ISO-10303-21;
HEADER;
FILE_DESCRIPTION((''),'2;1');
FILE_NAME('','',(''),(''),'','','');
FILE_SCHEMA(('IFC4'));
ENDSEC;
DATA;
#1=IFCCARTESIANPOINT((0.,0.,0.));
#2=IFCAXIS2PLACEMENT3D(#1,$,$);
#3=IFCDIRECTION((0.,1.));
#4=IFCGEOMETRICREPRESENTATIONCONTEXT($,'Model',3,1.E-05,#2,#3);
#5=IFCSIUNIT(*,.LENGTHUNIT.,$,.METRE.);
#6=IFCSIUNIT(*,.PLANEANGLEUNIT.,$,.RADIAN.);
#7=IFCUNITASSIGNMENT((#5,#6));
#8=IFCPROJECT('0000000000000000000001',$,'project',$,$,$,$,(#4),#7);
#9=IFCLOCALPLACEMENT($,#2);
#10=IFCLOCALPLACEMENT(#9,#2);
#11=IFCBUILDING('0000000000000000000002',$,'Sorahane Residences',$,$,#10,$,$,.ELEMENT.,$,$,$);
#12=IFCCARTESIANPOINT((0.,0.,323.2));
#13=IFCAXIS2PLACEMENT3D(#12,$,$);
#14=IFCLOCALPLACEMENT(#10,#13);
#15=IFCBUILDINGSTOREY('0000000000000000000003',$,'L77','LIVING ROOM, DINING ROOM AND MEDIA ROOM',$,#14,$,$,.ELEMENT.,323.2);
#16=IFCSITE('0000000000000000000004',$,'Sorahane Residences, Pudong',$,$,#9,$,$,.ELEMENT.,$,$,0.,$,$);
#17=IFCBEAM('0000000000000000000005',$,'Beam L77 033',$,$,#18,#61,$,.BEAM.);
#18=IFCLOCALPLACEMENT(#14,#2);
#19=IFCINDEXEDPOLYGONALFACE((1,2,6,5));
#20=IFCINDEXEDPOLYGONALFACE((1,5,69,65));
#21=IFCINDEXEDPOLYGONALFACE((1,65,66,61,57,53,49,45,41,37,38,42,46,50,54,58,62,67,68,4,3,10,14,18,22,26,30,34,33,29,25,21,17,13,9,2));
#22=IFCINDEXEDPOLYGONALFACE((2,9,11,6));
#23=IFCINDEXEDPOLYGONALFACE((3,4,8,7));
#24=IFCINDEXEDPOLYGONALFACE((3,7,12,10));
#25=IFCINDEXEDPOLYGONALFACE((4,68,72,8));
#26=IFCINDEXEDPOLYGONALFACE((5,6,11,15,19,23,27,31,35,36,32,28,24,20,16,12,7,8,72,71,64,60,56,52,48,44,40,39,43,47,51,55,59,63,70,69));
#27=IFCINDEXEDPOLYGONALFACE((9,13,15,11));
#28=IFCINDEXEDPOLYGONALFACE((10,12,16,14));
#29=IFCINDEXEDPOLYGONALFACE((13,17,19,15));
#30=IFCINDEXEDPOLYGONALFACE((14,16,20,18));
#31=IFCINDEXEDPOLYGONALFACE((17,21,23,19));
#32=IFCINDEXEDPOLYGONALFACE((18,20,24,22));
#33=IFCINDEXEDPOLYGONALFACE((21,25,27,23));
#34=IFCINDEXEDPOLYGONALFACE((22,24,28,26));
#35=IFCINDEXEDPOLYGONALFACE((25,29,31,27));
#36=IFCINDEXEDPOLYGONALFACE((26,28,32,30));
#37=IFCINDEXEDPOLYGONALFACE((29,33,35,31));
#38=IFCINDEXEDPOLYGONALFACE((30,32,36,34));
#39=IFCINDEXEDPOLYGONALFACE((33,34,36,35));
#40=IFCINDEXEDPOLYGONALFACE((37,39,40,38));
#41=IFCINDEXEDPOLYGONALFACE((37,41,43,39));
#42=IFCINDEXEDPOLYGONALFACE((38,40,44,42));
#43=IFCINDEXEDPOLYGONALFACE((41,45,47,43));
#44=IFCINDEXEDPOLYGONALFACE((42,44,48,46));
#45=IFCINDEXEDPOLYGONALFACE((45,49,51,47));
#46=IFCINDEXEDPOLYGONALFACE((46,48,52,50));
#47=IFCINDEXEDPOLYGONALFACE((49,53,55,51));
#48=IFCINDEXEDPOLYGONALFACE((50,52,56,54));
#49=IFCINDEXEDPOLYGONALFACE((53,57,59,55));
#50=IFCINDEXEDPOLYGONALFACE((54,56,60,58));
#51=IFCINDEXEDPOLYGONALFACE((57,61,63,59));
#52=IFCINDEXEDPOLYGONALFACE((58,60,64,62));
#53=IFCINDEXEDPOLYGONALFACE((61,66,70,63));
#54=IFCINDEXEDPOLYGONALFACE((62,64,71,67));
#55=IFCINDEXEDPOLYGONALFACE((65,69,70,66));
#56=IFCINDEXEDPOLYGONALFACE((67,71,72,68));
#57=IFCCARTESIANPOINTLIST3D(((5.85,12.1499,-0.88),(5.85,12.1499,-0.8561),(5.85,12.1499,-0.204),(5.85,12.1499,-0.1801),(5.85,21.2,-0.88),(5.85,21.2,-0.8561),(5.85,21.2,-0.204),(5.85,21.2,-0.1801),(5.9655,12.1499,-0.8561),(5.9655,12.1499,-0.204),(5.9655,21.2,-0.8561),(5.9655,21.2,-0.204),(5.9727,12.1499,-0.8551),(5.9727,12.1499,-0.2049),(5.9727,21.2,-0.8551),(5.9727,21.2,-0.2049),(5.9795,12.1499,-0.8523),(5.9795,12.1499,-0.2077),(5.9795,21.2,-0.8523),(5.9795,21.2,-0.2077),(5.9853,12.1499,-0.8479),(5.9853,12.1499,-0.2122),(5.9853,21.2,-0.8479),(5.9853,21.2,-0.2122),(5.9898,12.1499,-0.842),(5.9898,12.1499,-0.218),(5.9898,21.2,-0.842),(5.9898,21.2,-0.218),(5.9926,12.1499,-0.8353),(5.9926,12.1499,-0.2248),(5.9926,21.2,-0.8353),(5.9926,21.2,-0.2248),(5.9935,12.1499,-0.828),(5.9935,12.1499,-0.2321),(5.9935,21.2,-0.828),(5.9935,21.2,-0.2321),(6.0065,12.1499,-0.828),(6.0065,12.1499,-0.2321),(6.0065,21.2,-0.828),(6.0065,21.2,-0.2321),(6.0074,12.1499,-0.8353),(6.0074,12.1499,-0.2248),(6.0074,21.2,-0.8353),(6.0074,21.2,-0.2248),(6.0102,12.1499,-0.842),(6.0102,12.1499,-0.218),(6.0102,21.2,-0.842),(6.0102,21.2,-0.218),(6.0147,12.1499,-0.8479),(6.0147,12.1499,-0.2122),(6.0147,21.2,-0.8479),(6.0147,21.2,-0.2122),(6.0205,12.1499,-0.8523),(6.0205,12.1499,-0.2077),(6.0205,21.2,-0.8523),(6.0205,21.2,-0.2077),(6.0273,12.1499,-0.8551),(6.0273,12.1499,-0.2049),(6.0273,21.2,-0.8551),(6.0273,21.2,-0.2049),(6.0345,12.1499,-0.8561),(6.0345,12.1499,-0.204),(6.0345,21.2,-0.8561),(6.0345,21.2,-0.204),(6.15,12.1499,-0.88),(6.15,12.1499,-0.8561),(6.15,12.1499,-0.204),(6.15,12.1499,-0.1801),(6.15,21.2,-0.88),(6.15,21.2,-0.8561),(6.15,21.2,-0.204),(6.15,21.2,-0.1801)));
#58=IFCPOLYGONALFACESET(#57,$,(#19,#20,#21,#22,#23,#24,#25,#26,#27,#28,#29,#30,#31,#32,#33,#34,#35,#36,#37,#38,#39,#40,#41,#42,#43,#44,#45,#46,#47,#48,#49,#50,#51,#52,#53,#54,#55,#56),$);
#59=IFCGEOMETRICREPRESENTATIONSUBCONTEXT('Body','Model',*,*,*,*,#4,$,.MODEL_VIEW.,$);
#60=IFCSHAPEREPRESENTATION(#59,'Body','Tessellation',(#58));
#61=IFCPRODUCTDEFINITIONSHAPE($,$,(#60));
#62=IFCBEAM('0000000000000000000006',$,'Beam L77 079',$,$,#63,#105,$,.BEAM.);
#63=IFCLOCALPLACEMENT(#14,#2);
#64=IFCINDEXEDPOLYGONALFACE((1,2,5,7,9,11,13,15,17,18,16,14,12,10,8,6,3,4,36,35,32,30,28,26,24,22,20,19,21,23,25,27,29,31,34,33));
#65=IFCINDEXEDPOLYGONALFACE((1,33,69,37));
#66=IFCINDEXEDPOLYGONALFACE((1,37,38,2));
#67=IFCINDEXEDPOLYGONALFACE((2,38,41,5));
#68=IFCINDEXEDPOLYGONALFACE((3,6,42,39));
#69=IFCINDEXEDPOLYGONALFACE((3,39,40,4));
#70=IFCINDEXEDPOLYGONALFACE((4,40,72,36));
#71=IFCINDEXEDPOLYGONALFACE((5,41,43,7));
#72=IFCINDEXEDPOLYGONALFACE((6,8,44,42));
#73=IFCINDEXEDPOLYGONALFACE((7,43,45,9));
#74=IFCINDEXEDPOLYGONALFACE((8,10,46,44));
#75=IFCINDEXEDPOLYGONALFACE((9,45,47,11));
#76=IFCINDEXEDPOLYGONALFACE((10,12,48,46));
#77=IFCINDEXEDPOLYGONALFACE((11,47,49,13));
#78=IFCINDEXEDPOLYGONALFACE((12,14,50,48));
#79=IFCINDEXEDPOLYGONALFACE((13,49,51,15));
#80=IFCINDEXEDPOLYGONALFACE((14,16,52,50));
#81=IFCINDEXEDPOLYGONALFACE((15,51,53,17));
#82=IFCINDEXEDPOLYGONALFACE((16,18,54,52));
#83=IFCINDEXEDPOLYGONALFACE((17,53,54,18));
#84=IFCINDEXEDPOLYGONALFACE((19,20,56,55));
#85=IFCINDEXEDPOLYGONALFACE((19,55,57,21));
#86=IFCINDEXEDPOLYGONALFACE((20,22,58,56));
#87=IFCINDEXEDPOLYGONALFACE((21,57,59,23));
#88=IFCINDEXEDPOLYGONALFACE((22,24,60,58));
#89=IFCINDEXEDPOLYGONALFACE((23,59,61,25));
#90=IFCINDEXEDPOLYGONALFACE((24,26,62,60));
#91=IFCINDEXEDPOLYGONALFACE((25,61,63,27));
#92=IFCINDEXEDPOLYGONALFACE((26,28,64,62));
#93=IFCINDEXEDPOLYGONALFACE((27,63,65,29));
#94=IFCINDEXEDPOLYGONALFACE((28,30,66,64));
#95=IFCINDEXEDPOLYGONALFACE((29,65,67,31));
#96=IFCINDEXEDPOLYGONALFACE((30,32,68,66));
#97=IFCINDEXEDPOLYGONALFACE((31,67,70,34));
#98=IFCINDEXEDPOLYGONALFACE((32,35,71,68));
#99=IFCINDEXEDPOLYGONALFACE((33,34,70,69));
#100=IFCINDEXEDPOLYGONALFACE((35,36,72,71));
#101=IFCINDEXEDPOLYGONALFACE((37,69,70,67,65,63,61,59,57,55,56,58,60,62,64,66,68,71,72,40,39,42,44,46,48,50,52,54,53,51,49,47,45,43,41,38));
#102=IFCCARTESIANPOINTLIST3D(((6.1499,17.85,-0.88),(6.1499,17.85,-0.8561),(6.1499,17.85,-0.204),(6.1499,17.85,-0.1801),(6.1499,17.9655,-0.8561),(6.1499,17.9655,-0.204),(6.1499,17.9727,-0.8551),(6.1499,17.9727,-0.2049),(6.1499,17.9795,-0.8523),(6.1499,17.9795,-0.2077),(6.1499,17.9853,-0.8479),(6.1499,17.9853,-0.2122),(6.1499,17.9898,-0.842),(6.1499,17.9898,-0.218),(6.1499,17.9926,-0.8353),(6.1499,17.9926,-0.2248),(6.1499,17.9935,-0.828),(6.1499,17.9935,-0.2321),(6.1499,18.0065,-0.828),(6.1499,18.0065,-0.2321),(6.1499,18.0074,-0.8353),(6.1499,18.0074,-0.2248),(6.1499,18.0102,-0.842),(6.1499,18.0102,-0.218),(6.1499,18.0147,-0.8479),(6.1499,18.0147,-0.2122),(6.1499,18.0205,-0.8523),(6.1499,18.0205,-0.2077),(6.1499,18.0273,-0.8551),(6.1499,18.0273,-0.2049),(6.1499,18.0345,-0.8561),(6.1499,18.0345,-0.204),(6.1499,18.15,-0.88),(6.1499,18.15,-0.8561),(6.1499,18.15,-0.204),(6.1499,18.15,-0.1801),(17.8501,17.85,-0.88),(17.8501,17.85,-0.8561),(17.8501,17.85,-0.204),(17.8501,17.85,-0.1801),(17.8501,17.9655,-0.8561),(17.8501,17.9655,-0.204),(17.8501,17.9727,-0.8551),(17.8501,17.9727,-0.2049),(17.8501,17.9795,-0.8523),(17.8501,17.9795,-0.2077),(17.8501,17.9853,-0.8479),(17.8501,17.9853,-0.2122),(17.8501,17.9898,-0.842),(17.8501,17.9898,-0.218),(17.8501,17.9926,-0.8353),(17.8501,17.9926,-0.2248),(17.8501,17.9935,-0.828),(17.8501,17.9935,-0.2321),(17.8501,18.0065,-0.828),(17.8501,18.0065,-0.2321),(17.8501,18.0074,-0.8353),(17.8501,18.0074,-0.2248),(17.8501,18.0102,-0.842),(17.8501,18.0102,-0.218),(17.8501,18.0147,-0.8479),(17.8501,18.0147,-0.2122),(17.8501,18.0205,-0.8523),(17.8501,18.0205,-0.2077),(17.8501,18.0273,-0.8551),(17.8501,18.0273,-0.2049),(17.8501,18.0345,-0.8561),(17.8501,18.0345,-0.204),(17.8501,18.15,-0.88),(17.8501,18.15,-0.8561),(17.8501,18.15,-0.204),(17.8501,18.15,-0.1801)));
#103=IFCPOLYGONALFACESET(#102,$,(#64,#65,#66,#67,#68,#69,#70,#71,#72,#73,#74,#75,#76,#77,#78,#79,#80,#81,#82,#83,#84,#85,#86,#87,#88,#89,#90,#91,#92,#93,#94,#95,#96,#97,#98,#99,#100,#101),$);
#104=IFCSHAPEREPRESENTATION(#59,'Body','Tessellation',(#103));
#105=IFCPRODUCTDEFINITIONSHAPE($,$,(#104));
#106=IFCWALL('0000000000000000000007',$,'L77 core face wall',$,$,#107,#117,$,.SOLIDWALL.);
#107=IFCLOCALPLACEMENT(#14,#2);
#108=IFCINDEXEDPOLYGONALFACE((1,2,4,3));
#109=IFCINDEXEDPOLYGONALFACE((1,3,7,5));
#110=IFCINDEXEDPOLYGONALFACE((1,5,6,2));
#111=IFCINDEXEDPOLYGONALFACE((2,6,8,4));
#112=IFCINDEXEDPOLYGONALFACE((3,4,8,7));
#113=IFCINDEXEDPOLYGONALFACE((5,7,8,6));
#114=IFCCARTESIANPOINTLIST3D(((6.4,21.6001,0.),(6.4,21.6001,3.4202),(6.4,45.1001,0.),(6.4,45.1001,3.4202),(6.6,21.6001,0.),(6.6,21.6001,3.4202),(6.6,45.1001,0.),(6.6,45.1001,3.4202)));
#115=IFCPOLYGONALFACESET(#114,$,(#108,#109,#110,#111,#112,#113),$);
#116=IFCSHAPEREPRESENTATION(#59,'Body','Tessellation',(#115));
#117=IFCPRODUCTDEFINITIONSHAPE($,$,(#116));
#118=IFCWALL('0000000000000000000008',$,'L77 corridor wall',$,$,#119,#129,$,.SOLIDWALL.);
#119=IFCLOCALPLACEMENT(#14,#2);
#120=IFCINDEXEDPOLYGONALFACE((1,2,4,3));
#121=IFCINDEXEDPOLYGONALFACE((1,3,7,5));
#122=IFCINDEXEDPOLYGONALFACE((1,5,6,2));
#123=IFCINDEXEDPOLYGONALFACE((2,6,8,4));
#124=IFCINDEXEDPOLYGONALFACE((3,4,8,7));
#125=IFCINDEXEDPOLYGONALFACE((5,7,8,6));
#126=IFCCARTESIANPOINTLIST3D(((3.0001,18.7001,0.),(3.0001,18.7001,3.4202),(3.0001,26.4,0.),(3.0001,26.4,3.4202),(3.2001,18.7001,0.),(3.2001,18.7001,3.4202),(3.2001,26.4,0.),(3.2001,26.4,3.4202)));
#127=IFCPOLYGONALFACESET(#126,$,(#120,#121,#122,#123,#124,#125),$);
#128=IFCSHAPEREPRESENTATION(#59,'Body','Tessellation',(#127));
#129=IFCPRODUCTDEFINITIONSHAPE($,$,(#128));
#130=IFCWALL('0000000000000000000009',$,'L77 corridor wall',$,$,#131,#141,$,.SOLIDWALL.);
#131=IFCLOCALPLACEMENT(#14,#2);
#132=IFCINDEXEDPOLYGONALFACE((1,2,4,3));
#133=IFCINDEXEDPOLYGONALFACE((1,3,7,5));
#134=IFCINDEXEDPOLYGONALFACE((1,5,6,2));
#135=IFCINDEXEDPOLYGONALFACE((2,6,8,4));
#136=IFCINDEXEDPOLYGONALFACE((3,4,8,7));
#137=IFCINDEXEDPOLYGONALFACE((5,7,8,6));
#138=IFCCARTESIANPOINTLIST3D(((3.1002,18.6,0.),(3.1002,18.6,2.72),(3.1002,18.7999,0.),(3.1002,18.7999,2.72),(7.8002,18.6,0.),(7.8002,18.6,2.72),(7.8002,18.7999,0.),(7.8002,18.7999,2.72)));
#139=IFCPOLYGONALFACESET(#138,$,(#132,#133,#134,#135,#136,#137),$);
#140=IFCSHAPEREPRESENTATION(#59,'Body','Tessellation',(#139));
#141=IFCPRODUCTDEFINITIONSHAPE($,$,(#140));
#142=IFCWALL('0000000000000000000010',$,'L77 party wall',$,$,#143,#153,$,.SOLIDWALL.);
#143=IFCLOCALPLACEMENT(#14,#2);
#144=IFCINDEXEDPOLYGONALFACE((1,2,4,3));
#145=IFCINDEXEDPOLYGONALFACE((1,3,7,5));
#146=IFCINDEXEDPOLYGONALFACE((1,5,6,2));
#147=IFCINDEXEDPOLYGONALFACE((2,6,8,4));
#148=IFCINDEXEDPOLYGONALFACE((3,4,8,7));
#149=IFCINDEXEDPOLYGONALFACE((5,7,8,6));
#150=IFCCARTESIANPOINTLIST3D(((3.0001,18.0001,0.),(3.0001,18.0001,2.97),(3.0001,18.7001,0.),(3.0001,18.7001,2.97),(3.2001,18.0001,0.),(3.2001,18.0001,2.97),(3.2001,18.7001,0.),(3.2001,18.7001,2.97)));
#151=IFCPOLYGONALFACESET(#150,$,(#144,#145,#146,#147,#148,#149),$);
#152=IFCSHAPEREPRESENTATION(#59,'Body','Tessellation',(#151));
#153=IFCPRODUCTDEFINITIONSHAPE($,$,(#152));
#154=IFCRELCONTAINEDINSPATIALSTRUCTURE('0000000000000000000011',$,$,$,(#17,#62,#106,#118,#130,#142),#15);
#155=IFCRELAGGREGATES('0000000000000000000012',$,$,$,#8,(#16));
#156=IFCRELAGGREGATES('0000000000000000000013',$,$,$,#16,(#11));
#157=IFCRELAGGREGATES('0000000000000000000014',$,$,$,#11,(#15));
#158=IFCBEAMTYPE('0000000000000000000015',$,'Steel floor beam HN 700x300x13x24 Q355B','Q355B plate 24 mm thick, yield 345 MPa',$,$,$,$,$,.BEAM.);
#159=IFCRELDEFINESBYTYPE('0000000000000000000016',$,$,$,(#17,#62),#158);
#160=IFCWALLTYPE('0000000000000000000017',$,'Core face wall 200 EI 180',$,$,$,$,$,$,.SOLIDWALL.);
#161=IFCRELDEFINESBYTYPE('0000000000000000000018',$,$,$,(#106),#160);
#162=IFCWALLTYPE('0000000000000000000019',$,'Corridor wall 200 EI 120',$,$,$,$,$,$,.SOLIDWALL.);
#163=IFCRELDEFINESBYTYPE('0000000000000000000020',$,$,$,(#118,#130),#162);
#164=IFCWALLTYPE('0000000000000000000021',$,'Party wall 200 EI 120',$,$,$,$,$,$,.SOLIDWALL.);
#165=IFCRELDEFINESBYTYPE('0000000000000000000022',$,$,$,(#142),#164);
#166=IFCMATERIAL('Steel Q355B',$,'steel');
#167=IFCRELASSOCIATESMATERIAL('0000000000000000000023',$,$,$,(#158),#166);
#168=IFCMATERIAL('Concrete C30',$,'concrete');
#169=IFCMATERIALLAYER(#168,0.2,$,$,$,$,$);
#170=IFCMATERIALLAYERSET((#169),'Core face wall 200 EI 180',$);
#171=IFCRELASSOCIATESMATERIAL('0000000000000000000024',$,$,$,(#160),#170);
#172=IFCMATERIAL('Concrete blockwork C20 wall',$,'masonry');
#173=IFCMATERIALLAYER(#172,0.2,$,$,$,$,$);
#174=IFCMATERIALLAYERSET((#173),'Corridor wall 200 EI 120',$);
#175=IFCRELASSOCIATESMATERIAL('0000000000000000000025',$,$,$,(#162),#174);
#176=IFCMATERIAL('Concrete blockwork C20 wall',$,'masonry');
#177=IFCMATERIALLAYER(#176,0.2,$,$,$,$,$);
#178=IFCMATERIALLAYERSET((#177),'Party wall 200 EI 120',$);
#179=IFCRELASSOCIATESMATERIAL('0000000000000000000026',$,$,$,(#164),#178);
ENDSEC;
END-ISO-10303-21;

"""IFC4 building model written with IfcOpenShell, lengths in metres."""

from ifc_helpers import new_model, si_unit, direction, frame, frame_2d, origin, origin_2d, place, context, subcontext, project, spatial, rectangle, i_section, extrude, material, layer, layer_set, material_profile, profile_set, type_object, element, save


model = new_model("IFC4")

# Units and contexts
model_context = context("Model", 3, precision=1e-05, world=origin(), true_north=direction((0.0, 1.0)))
body_context = subcontext(model_context, "Body", "Model", "MODEL_VIEW")
ifc_project = project(units=[si_unit("LENGTHUNIT", "METRE"), si_unit("PLANEANGLEUNIT", "RADIAN")], contexts=[model_context])

# Site, building, storey
site_placement = place(None, origin())
site = spatial("IfcSite", under=ifc_project, at=site_placement, Name="Sorahane Residences, Pudong", CompositionType="ELEMENT", RefElevation=0.0)
building_placement = place(site_placement, origin())
building = spatial("IfcBuilding", under=site, at=building_placement, Name="Sorahane Residences", CompositionType="ELEMENT")
storey_placement = place(building_placement, frame((0.0, 0.0, 323.2)))
storey = spatial("IfcBuildingStorey", under=building, at=storey_placement, Name="L77", Description="LIVING ROOM, DINING ROOM AND MEDIA ROOM", CompositionType="ELEMENT", Elevation=323.2)

# Beams
ifc_material_1 = material(Name="Steel Q355B", Category="steel")
ifc_material_profile_1 = material_profile(ifc_material_1, i_section(OverallWidth=0.3, OverallDepth=0.7, WebThickness=0.0129, FlangeThickness=0.0239, FilletRadius=0.0281, at=origin_2d()), Name="HN 700x300x13x24")
ifc_profile_set_1 = profile_set([ifc_material_profile_1], Name="Steel Q355B")
beam_type_1 = type_object("IfcBeamType", Name="Steel floor beam HN 700x300x13x24 Q355B", Description="Q355B plate 24 mm thick, yield 345 MPa", PredefinedType="BEAM", material=ifc_profile_set_1)
beam_1_placement = place(storey_placement, frame((6.0, 12.1499, -0.53), z_axis=(0.0, 1.0, 0.0), x_axis=(-1.0, 0.0, 0.0)))
element("IfcBeam", 1, at=beam_1_placement, inside=storey, type_object=beam_type_1, Name="Beam L77 033", PredefinedType="BEAM", context=body_context, shape_type="SweptSolid", body=[
    extrude(i_section(OverallWidth=0.3, OverallDepth=0.7, WebThickness=0.0129, FlangeThickness=0.0239, FilletRadius=0.0281, at=origin_2d()), origin(), (0.0, 0.0, 1.0), 9.05),
])
beam_2_placement = place(storey_placement, frame((6.1499, 18.0, -0.53), z_axis=(1.0, 0.0, 0.0), x_axis=(0.0, 1.0, 0.0)))
element("IfcBeam", 2, at=beam_2_placement, inside=storey, type_object=beam_type_1, Name="Beam L77 079", PredefinedType="BEAM", context=body_context, shape_type="SweptSolid", body=[
    extrude(i_section(OverallWidth=0.3, OverallDepth=0.7, WebThickness=0.0129, FlangeThickness=0.0239, FilletRadius=0.0281, at=origin_2d()), origin(), (0.0, 0.0, 1.0), 11.7002),
])

# Walls
ifc_material_2 = material(Name="Concrete C30", Category="concrete")
ifc_layer_1 = layer(ifc_material_2, 0.2)
ifc_layer_set_1 = layer_set([ifc_layer_1], Name="Core face wall 200 EI 180")
wall_type_1 = type_object("IfcWallType", Name="Core face wall 200 EI 180", PredefinedType="SOLIDWALL", material=ifc_layer_set_1)
wall_1_placement = place(storey_placement, frame((6.5, 21.6001, 0.0), z_axis=(0.0, 0.0, 1.0), x_axis=(0.0, 1.0, 0.0)))
element("IfcWall", 3, at=wall_1_placement, inside=storey, type_object=wall_type_1, Name="L77 core face wall", PredefinedType="SOLIDWALL", context=body_context, shape_type="SweptSolid", body=[
    extrude(rectangle(XDim=23.5, YDim=0.2, at=frame_2d((11.75, 0.0))), origin(), (0.0, 0.0, 1.0), 3.4202),
])
ifc_material_3 = material(Name="Concrete blockwork C20 wall", Category="masonry")
ifc_layer_2 = layer(ifc_material_3, 0.2)
ifc_layer_set_2 = layer_set([ifc_layer_2], Name="Corridor wall 200 EI 120")
wall_type_2 = type_object("IfcWallType", Name="Corridor wall 200 EI 120", PredefinedType="SOLIDWALL", material=ifc_layer_set_2)
wall_2_placement = place(storey_placement, frame((3.1001, 18.7, 0.0), z_axis=(0.0, 0.0, 1.0), x_axis=(0.0, 1.0, 0.0)))
element("IfcWall", 4, at=wall_2_placement, inside=storey, type_object=wall_type_2, Name="L77 corridor wall", PredefinedType="SOLIDWALL", context=body_context, shape_type="SweptSolid", body=[
    extrude(rectangle(XDim=7.7, YDim=0.2, at=frame_2d((3.8501, 0.0))), origin(), (0.0, 0.0, 1.0), 3.4202),
])
wall_3_placement = place(storey_placement, frame((3.1001, 18.7, 0.0), z_axis=(0.0, 0.0, 1.0), x_axis=(1.0, 0.0, 0.0)))
element("IfcWall", 5, at=wall_3_placement, inside=storey, type_object=wall_type_2, Name="L77 corridor wall", PredefinedType="SOLIDWALL", context=body_context, shape_type="SweptSolid", body=[
    extrude(rectangle(XDim=4.7, YDim=0.2, at=frame_2d((2.3501, 0.0))), origin(), (0.0, 0.0, 1.0), 2.72),
])
ifc_material_4 = material(Name="Concrete blockwork C20 wall", Category="masonry")
ifc_layer_3 = layer(ifc_material_4, 0.2)
ifc_layer_set_3 = layer_set([ifc_layer_3], Name="Party wall 200 EI 120")
wall_type_3 = type_object("IfcWallType", Name="Party wall 200 EI 120", PredefinedType="SOLIDWALL", material=ifc_layer_set_3)
wall_4_placement = place(storey_placement, frame((3.1001, 18.0, 0.0), z_axis=(0.0, 0.0, 1.0), x_axis=(0.0, 1.0, 0.0)))
element("IfcWall", 6, at=wall_4_placement, inside=storey, type_object=wall_type_3, Name="L77 party wall", PredefinedType="SOLIDWALL", context=body_context, shape_type="SweptSolid", body=[
    extrude(rectangle(XDim=0.7, YDim=0.2, at=frame_2d((0.3501, 0.0))), origin(), (0.0, 0.0, 1.0), 2.97),
])

save(model, "model.ifc")
